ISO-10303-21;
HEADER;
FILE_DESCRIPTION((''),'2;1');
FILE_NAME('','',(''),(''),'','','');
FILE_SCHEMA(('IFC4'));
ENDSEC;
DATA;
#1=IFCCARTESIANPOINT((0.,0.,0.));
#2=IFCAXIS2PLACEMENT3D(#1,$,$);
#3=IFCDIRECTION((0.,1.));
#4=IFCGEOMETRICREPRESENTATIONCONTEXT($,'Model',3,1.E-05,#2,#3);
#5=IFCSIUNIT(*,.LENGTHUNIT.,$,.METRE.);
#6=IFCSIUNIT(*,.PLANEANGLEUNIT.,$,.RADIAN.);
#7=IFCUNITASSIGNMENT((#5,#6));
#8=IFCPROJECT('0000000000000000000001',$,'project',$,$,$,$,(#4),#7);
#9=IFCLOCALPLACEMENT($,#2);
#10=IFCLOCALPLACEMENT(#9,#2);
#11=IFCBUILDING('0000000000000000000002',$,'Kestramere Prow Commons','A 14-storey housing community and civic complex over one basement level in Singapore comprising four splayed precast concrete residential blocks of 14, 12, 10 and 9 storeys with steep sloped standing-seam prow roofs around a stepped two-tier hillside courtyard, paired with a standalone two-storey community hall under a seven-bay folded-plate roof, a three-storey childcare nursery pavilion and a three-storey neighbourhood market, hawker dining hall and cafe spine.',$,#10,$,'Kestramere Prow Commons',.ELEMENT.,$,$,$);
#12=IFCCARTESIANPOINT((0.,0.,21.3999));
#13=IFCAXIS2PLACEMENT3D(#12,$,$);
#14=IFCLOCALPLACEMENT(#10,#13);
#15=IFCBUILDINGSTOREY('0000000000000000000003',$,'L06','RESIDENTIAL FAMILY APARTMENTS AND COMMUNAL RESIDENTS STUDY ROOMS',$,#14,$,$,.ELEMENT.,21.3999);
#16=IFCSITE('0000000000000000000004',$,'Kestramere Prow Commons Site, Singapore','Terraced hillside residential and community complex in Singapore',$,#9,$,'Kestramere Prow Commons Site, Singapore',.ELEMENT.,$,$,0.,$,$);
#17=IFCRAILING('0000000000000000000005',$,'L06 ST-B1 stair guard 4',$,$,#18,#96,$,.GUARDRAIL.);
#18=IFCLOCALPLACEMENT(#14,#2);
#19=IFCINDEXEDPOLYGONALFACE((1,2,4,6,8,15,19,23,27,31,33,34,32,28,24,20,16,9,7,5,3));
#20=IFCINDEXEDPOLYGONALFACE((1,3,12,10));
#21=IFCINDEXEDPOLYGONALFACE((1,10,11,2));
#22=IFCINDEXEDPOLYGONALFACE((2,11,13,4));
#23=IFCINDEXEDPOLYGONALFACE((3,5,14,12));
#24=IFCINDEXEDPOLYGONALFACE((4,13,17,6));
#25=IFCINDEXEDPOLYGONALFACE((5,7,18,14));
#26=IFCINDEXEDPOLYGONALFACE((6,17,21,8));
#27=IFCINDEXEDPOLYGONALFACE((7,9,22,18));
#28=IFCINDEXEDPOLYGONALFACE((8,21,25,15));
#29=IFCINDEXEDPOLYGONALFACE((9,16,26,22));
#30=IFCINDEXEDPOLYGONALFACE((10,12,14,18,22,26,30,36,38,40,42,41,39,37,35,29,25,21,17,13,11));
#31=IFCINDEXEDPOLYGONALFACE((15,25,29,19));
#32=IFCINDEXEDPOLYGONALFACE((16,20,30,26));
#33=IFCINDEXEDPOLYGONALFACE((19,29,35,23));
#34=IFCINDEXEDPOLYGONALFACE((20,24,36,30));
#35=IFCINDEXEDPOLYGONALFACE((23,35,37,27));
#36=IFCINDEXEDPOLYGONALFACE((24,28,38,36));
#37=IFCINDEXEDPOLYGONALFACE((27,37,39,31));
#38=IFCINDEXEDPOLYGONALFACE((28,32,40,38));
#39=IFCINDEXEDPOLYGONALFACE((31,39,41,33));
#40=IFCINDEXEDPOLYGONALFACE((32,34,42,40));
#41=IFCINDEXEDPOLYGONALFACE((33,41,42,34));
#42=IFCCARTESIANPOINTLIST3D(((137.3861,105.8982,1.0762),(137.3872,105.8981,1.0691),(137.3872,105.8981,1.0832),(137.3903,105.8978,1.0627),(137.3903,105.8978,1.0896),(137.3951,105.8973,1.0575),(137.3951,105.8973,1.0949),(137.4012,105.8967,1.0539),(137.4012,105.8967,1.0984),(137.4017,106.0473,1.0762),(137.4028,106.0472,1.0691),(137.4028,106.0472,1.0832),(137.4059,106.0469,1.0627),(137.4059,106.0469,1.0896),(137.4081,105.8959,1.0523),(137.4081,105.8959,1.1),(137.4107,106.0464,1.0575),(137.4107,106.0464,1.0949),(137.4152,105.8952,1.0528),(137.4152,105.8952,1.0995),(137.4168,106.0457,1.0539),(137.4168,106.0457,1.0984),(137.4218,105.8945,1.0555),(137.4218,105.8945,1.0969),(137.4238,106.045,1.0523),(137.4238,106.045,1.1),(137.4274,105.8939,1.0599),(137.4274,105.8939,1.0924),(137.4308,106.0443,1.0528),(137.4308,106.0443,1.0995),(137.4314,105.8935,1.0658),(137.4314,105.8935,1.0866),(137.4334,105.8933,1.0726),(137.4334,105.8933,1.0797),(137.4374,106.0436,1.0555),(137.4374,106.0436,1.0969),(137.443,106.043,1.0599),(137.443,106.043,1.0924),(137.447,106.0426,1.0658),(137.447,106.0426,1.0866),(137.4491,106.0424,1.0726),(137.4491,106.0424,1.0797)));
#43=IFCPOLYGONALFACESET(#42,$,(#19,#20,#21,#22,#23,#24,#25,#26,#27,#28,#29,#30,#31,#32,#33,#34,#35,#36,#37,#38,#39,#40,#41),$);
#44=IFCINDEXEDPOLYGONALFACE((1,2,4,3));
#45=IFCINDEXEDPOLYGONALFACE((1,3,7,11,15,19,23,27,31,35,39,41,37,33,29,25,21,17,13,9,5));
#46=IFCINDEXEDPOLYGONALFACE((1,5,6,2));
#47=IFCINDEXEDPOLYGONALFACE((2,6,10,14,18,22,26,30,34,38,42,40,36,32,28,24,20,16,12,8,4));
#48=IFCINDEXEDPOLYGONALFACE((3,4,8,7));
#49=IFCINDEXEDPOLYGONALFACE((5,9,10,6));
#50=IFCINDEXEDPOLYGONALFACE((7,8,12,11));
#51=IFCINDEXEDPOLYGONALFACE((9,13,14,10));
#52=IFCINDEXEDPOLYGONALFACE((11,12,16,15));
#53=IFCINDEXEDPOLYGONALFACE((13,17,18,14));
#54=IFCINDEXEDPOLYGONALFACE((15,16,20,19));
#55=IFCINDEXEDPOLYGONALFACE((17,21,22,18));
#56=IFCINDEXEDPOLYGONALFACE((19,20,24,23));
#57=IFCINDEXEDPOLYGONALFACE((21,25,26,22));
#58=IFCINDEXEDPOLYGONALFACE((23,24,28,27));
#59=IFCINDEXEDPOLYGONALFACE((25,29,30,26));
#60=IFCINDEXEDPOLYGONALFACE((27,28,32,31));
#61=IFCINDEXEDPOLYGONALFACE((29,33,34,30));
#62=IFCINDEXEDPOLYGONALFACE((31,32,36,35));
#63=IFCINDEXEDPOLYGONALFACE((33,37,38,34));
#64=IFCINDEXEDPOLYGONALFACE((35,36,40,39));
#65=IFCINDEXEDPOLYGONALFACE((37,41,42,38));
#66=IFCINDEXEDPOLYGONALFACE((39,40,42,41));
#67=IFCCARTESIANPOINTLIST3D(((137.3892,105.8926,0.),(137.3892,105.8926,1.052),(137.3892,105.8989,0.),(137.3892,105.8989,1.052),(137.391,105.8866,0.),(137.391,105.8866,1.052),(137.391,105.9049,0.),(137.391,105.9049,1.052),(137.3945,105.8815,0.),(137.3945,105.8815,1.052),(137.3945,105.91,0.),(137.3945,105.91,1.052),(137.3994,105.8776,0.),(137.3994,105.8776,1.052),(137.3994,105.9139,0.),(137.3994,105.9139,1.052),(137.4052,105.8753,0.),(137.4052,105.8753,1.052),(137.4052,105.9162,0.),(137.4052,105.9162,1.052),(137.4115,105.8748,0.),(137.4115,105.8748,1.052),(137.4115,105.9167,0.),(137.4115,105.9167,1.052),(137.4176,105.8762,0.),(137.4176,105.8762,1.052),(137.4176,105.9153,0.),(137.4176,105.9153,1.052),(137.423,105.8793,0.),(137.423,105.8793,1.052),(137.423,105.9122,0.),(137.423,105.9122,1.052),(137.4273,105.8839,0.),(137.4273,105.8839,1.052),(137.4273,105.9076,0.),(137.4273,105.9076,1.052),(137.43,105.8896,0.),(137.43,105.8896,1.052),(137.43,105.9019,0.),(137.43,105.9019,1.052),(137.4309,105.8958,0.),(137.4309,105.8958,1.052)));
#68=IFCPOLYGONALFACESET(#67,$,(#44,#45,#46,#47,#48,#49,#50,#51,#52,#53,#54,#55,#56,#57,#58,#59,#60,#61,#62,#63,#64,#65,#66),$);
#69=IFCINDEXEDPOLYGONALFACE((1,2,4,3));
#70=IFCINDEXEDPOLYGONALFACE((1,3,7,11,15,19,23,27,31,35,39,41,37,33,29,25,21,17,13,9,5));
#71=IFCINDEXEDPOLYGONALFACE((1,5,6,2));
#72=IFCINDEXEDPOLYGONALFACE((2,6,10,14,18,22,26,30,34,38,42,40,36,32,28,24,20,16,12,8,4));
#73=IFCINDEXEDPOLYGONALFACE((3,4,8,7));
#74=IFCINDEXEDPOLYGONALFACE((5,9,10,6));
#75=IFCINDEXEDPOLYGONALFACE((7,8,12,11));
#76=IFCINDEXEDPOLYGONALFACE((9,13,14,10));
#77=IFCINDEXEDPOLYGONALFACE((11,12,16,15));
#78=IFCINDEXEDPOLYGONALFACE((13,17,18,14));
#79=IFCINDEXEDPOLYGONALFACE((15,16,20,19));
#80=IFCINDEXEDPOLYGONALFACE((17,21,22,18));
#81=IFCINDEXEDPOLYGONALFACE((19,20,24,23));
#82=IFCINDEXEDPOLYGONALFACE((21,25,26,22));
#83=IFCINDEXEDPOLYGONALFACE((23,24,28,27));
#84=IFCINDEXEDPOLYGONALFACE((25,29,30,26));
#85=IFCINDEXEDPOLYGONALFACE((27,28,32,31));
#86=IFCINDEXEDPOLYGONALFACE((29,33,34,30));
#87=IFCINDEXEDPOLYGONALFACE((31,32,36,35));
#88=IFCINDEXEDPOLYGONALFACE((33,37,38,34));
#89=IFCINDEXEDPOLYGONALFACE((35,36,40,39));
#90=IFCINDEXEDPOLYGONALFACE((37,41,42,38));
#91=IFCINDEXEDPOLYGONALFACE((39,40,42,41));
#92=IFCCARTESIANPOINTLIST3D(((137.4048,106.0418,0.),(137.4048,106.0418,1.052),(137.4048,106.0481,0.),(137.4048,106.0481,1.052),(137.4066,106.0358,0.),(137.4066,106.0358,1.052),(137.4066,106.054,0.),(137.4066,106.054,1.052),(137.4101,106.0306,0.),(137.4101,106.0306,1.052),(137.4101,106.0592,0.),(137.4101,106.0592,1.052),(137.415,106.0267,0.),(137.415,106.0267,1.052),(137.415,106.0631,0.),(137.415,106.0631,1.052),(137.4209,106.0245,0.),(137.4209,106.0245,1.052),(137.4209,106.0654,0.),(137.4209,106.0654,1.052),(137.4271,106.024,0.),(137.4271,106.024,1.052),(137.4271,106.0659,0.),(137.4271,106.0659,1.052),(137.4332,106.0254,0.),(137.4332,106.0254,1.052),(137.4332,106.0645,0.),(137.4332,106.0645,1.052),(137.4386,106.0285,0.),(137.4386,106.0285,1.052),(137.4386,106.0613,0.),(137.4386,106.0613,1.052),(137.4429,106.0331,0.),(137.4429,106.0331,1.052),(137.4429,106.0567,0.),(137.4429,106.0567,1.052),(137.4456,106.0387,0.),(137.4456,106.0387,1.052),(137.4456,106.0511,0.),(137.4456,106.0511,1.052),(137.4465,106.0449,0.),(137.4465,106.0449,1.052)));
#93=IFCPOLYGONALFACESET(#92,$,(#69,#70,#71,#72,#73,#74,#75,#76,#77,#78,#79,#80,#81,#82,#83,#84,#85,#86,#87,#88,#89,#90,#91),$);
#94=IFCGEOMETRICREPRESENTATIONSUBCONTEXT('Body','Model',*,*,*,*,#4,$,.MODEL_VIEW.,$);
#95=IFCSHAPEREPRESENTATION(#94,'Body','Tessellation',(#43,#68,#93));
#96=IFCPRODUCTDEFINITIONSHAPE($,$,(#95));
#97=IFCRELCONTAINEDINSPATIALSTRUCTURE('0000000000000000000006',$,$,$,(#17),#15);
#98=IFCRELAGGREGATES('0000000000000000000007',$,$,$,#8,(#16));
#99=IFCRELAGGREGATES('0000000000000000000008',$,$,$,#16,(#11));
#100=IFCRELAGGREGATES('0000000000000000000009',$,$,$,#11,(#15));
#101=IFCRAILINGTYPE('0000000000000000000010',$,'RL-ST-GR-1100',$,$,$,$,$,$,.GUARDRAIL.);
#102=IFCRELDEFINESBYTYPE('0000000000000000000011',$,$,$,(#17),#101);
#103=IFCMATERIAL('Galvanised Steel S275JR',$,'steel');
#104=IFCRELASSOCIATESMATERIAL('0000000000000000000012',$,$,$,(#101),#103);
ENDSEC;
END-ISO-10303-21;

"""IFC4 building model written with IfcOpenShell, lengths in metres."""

from ifc_helpers import new_model, si_unit, direction, frame, origin, origin_2d, place, context, subcontext, project, spatial, circle, extrude, material, type_object, element, save


model = new_model("IFC4")

# Units and contexts
model_context = context("Model", 3, precision=1e-05, world=origin(), true_north=direction((0.0, 1.0)))
body_context = subcontext(model_context, "Body", "Model", "MODEL_VIEW")
ifc_project = project(units=[si_unit("LENGTHUNIT", "METRE"), si_unit("PLANEANGLEUNIT", "RADIAN")], contexts=[model_context])

# Site, building, storey
site_placement = place(None, origin())
site = spatial("IfcSite", under=ifc_project, at=site_placement, Name="Kestramere Prow Commons Site, Singapore", Description="Terraced hillside residential and community complex in Singapore", LongName="Kestramere Prow Commons Site, Singapore", CompositionType="ELEMENT", RefElevation=0.0)
building_placement = place(site_placement, origin())
building = spatial("IfcBuilding", under=site, at=building_placement, Name="Kestramere Prow Commons", Description="A 14-storey housing community and civic complex over one basement level in Singapore comprising four splayed precast concrete residential blocks of 14, 12, 10 and 9 storeys with steep sloped standing-seam prow roofs around a stepped two-tier hillside courtyard, paired with a standalone two-storey community hall under a seven-bay folded-plate roof, a three-storey childcare nursery pavilion and a three-storey neighbourhood market, hawker dining hall and cafe spine.", LongName="Kestramere Prow Commons", CompositionType="ELEMENT")
storey_placement = place(building_placement, frame((0.0, 0.0, 21.3999)))
storey = spatial("IfcBuildingStorey", under=building, at=storey_placement, Name="L06", Description="RESIDENTIAL FAMILY APARTMENTS AND COMMUNAL RESIDENTS STUDY ROOMS", CompositionType="ELEMENT", Elevation=21.3999)

# Railing
ifc_material_1 = material(Name="Galvanised Steel S275JR", Category="steel")
railing_type_1 = type_object("IfcRailingType", Name="RL-ST-GR-1100", PredefinedType="GUARDRAIL", material=ifc_material_1)
railing_1_placement = place(storey_placement, frame((137.4099, 105.8958, 0.0)))
element("IfcRailing", 1, at=railing_1_placement, inside=storey, type_object=railing_type_1, Name="L06 ST-B1 stair guard 4", PredefinedType="GUARDRAIL", context=body_context, shape_type="SweptSolid", body=[
    extrude(circle(Radius=0.0239, at=origin_2d()), frame((0.0, 0.0, 1.0762), z_axis=(0.104176, 0.994559, 0.0), x_axis=(-0.994559, 0.104176, 0.0)), (0.0, 0.0, 1.0), 0.1499),
    extrude(circle(Radius=0.021, at=origin_2d()), origin(), (0.0, 0.0, 1.0), 1.052),
    extrude(circle(Radius=0.021, at=origin_2d()), frame((0.0156, 0.1492, 0.0)), (0.0, 0.0, 1.0), 1.052),
])

save(model, "model.ifc")
